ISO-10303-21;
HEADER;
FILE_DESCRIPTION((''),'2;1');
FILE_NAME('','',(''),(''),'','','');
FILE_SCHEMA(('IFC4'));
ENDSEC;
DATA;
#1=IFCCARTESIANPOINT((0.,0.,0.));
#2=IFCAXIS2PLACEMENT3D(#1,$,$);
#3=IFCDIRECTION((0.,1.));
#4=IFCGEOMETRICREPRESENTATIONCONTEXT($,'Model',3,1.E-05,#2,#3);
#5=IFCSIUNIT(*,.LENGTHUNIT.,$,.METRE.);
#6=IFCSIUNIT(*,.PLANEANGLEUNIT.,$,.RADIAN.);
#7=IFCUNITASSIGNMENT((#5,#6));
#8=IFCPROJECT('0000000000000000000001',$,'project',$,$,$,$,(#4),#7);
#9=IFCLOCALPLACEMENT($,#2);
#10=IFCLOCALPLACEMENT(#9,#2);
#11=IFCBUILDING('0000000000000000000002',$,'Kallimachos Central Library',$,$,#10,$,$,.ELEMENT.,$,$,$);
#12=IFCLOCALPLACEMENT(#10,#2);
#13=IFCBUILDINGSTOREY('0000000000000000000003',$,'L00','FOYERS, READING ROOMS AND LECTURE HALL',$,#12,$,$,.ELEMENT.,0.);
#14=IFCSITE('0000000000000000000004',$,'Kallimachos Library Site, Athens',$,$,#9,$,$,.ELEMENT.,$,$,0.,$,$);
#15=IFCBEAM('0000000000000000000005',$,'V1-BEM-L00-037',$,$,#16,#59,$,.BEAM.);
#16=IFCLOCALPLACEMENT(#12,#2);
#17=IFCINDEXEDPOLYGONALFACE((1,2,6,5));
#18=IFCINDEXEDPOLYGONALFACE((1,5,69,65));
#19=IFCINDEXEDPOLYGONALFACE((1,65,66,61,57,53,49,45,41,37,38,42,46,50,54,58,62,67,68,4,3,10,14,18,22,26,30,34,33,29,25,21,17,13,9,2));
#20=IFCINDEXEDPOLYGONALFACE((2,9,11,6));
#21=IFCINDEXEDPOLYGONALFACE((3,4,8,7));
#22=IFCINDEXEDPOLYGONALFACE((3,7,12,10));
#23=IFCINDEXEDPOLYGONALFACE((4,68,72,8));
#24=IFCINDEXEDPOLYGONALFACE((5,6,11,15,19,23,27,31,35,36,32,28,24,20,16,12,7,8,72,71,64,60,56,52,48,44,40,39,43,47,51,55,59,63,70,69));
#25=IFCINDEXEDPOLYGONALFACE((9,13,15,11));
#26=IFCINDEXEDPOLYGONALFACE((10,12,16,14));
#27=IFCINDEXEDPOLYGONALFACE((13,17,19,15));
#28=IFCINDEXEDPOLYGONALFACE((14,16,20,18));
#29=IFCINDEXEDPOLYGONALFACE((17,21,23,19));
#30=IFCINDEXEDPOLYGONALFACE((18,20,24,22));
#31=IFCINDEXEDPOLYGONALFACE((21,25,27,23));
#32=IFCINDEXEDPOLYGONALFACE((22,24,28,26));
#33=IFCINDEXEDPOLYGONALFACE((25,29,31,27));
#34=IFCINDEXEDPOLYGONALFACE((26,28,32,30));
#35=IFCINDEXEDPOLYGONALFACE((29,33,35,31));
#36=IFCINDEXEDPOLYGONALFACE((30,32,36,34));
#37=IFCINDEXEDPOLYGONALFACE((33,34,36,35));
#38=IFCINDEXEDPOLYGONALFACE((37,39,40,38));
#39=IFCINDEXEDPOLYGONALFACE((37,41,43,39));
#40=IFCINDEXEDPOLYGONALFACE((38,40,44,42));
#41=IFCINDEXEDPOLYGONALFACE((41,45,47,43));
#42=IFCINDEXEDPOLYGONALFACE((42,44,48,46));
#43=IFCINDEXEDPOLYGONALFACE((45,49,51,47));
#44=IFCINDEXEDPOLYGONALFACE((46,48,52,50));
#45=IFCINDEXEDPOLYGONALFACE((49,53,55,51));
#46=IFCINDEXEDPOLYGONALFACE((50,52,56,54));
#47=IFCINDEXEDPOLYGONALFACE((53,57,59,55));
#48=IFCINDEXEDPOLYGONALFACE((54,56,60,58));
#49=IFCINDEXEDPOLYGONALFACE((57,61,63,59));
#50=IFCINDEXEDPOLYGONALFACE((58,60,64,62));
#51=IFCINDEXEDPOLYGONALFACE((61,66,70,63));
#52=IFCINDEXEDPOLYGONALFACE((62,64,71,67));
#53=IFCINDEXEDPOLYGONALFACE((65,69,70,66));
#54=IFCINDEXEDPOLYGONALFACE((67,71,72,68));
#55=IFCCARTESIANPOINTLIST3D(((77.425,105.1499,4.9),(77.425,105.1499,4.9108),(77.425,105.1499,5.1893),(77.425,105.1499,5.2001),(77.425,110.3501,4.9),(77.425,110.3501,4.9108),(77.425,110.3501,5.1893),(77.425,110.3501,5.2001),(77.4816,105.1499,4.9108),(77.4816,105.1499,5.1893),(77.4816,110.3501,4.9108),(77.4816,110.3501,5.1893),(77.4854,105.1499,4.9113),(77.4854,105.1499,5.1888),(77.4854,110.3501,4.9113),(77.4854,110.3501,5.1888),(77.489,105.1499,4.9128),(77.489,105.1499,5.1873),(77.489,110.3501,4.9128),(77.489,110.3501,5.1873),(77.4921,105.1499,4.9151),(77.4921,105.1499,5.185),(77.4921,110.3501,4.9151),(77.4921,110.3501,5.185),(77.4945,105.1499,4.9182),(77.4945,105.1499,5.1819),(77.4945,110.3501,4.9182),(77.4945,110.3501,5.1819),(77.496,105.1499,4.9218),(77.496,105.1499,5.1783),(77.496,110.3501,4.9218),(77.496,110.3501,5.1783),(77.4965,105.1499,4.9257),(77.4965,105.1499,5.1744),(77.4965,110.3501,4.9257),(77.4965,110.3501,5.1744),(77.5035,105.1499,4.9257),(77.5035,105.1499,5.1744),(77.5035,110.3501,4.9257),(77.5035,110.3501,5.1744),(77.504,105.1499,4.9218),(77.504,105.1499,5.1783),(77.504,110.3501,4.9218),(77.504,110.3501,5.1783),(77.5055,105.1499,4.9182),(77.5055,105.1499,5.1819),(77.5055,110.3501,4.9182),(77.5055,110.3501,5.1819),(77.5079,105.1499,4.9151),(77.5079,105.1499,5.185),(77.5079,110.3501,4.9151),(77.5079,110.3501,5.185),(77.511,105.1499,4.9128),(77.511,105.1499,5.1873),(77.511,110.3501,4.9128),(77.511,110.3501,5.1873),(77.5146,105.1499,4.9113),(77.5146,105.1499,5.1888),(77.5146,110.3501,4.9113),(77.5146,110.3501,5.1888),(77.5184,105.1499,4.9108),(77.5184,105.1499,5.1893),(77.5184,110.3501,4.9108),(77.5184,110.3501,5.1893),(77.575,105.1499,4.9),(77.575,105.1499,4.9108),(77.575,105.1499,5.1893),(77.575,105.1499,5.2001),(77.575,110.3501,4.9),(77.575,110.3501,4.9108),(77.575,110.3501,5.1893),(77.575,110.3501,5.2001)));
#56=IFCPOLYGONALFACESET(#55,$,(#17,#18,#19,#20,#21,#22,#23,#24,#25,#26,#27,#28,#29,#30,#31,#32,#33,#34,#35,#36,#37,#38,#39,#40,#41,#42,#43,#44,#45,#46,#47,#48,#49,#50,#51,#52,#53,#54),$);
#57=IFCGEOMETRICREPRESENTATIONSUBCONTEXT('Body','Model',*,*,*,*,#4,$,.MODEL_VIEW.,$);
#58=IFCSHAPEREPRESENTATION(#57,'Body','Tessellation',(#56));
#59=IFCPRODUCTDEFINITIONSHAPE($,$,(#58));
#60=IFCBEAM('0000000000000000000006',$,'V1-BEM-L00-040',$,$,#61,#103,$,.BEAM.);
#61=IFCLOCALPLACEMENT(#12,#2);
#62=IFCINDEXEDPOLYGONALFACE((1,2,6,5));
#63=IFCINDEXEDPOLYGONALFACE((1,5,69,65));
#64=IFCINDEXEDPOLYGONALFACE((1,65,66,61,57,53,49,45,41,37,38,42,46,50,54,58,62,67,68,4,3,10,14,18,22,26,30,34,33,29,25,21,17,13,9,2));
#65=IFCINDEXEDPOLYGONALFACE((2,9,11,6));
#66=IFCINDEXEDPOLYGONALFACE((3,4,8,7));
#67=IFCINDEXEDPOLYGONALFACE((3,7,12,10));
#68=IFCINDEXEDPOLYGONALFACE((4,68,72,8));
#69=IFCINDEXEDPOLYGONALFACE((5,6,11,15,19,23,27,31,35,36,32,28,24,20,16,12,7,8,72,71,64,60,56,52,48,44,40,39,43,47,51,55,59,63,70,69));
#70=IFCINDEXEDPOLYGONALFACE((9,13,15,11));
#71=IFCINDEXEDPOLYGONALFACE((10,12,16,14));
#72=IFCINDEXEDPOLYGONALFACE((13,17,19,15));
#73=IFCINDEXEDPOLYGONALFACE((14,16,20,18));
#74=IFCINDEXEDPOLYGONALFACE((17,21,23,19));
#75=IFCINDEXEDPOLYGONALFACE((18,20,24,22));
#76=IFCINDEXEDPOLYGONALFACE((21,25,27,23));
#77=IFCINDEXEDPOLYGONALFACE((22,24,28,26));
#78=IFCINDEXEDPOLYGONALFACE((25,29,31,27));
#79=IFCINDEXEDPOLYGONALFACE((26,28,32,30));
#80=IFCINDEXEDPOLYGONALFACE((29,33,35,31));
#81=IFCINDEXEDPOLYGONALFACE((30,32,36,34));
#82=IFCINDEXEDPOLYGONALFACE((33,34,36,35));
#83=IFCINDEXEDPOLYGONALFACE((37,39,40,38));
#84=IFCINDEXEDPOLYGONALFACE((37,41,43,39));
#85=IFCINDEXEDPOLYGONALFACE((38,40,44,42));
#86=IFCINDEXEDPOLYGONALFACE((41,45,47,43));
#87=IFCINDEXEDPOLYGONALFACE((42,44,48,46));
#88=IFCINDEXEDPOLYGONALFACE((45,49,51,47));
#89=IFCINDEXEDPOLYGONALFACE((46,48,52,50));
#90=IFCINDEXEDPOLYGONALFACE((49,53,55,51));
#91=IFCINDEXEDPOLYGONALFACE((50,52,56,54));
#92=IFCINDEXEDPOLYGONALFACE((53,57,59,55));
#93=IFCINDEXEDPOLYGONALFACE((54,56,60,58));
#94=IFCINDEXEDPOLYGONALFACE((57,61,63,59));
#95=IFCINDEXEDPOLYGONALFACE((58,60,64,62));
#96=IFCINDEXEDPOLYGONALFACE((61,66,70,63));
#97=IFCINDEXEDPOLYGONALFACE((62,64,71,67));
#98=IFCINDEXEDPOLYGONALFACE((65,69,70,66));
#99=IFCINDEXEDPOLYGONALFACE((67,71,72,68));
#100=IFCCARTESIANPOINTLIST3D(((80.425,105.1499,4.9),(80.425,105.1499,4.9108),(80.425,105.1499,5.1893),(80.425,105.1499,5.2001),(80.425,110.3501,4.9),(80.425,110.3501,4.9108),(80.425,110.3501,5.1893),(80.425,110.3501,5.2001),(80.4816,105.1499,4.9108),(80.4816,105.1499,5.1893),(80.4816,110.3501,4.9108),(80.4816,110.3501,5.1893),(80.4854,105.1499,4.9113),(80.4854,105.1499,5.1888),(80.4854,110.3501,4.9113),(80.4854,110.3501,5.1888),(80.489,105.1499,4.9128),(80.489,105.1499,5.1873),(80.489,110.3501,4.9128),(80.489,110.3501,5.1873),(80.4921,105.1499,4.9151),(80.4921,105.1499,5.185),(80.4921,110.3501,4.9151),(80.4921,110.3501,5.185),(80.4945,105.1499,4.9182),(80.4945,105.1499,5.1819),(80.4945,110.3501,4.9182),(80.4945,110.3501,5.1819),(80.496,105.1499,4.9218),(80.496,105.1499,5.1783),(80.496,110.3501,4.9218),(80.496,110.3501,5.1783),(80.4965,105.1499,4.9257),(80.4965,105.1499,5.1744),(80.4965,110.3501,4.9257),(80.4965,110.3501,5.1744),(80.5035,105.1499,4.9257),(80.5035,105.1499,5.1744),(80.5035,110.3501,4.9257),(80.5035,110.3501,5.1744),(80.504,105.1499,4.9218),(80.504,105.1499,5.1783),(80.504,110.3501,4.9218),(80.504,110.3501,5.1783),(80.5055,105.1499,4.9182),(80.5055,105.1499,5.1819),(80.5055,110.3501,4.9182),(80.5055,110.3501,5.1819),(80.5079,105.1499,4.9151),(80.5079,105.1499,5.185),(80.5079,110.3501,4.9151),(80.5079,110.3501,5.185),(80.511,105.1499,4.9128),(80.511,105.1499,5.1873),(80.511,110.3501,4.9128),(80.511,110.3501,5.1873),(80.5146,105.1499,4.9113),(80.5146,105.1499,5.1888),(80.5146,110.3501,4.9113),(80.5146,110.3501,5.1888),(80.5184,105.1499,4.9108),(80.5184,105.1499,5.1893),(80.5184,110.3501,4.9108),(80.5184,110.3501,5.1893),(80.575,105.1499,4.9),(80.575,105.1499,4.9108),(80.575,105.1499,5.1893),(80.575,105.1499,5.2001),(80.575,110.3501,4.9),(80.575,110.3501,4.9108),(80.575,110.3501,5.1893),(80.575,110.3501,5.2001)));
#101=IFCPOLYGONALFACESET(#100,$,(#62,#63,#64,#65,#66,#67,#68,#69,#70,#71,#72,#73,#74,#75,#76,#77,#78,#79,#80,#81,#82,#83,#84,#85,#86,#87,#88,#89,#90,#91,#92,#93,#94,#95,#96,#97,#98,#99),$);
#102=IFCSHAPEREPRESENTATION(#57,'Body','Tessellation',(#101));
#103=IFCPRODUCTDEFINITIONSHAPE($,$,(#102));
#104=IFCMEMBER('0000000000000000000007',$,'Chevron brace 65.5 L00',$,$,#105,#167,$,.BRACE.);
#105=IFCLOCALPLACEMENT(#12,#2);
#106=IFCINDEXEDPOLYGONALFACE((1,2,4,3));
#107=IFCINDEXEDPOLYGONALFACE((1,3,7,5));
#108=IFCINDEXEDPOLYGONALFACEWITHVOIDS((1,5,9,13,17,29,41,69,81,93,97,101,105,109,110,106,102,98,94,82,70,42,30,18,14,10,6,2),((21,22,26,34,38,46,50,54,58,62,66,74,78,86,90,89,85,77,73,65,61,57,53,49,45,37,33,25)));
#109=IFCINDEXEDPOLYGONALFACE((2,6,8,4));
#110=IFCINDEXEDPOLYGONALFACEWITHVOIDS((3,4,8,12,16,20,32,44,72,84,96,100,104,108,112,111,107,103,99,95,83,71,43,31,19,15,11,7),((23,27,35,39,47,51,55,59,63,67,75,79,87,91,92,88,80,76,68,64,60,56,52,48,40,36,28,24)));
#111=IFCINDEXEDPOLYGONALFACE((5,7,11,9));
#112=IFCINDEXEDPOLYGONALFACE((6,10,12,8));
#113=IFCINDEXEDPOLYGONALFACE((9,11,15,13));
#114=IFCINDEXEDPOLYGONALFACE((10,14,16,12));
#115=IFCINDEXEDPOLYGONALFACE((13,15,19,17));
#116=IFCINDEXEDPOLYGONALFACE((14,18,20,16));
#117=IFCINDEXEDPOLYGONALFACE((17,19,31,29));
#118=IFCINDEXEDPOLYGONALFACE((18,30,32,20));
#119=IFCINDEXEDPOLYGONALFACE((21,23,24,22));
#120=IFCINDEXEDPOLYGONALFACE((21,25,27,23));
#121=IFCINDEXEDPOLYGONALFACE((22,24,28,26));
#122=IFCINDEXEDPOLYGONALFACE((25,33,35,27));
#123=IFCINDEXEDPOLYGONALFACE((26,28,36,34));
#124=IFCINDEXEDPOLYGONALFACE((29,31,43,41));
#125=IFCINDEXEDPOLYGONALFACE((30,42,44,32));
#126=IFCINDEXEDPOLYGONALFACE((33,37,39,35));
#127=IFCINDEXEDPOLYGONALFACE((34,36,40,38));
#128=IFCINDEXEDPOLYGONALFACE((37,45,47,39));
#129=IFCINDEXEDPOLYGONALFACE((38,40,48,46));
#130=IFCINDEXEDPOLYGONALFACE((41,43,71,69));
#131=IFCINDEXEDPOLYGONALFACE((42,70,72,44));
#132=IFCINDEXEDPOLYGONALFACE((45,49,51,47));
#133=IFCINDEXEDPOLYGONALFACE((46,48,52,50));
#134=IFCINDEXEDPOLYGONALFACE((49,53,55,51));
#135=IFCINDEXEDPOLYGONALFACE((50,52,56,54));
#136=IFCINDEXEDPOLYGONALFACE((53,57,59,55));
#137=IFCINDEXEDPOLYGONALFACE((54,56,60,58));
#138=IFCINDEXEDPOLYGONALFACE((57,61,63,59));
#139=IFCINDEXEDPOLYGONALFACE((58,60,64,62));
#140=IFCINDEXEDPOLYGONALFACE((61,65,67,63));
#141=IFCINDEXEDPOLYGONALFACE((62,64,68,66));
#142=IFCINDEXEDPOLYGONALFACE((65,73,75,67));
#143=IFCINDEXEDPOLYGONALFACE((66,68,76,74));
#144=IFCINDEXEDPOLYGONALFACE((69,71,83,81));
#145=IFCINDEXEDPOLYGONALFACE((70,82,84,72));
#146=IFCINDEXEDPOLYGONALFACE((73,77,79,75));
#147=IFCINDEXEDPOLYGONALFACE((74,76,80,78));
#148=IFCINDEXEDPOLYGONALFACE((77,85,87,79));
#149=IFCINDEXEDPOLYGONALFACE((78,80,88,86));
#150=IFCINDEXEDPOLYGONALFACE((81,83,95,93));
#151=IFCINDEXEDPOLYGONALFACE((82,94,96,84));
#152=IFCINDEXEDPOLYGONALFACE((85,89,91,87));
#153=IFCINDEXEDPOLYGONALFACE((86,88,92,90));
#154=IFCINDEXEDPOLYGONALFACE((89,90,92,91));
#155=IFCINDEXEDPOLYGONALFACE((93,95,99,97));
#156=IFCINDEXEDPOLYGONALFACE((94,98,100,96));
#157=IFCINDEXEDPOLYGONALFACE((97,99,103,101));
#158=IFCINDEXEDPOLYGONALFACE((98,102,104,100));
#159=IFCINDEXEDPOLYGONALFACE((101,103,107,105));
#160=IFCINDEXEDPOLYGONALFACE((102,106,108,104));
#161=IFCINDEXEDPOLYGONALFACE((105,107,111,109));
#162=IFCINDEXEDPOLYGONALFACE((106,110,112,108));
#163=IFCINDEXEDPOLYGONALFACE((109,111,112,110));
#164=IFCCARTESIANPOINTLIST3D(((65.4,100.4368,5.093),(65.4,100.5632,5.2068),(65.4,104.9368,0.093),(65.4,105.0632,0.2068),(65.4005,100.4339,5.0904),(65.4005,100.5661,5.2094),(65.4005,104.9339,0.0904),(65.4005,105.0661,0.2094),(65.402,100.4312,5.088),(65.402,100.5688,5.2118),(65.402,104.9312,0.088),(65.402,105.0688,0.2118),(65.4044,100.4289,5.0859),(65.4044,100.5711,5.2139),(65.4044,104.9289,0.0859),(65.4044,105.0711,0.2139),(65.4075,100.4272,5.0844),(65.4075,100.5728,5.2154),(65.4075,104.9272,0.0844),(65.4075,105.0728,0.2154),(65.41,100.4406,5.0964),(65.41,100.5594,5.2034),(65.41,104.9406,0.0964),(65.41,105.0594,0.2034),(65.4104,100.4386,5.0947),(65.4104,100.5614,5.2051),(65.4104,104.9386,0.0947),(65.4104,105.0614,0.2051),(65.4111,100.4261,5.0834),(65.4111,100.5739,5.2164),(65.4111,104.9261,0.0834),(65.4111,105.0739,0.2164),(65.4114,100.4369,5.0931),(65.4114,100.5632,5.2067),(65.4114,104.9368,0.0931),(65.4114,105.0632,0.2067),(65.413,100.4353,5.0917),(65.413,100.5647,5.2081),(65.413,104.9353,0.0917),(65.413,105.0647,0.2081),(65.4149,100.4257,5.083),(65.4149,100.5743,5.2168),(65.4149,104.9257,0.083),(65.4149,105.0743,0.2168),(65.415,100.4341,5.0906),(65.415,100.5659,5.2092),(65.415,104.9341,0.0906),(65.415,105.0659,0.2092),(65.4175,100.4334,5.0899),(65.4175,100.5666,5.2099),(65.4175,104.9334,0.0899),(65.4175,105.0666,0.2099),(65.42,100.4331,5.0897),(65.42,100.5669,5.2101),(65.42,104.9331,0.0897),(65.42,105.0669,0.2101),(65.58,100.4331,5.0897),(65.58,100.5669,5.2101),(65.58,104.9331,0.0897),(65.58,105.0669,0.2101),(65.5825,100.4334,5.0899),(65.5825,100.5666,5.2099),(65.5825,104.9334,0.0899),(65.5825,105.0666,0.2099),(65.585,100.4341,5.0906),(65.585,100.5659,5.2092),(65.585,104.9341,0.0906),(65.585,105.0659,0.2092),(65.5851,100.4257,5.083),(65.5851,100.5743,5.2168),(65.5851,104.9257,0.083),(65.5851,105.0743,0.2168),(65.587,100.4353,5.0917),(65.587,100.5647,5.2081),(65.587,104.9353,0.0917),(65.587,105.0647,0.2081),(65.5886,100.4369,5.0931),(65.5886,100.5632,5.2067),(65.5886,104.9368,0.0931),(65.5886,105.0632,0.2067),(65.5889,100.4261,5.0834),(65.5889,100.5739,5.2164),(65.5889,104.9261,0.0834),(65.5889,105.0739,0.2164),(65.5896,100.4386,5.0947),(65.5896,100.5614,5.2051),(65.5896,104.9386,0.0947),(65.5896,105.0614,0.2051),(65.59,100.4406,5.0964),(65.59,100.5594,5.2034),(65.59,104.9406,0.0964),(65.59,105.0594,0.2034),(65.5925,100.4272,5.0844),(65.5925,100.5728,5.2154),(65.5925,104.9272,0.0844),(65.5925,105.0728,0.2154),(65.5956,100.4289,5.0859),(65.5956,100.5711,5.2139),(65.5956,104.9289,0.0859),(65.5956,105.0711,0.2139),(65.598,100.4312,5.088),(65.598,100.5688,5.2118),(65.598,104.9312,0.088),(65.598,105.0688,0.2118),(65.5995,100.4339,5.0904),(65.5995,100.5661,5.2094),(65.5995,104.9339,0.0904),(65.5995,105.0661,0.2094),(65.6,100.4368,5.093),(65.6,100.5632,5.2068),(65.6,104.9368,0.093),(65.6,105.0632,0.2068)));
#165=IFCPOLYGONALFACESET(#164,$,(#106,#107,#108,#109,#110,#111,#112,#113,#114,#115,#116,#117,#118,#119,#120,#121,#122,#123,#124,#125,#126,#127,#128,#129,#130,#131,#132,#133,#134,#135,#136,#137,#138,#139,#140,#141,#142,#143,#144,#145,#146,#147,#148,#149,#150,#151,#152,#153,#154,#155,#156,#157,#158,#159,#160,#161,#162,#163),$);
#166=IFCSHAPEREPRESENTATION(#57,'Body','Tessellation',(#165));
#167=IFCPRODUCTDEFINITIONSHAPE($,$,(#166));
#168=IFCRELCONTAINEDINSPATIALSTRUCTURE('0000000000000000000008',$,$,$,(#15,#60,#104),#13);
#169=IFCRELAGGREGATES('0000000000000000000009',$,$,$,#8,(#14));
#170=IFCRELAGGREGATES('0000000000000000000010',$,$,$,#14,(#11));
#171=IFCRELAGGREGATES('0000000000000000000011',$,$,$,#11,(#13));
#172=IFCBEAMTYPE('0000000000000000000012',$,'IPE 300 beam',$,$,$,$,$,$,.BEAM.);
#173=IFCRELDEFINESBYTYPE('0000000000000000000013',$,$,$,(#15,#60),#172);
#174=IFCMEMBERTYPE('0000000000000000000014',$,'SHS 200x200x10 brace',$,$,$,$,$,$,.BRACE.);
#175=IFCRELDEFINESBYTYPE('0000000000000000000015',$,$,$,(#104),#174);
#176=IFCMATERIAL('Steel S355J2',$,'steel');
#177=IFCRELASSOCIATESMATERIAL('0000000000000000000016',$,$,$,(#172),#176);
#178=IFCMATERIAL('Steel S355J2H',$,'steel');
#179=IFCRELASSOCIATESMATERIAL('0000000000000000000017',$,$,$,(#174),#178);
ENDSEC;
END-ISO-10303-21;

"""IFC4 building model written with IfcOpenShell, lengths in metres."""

from ifc_helpers import new_model, si_unit, direction, frame, origin, origin_2d, place, context, subcontext, project, spatial, hollow_rectangle, i_section, extrude, material, material_profile, profile_set, type_object, element, save


model = new_model("IFC4")

# Units and contexts
model_context = context("Model", 3, precision=1e-05, world=origin(), true_north=direction((0.0, 1.0)))
body_context = subcontext(model_context, "Body", "Model", "MODEL_VIEW")
ifc_project = project(units=[si_unit("LENGTHUNIT", "METRE"), si_unit("PLANEANGLEUNIT", "RADIAN")], contexts=[model_context])

# Site, building, storey
site_placement = place(None, origin())
site = spatial("IfcSite", under=ifc_project, at=site_placement, Name="Kallimachos Library Site, Athens", CompositionType="ELEMENT", RefElevation=0.0)
building_placement = place(site_placement, origin())
building = spatial("IfcBuilding", under=site, at=building_placement, Name="Kallimachos Central Library", CompositionType="ELEMENT")
storey_placement = place(building_placement, origin())
storey = spatial("IfcBuildingStorey", under=building, at=storey_placement, Name="L00", Description="FOYERS, READING ROOMS AND LECTURE HALL", CompositionType="ELEMENT", Elevation=0.0)

# Beams
ifc_material_1 = material(Name="Steel S355J2", Category="steel")
ifc_material_profile_1 = material_profile(ifc_material_1, i_section(OverallWidth=0.1499, OverallDepth=0.3, WebThickness=0.0071, FlangeThickness=0.0107, FilletRadius=0.0149, at=origin_2d()), Name="IPE 300")
ifc_profile_set_1 = profile_set([ifc_material_profile_1], Name="Steel S355J2")
beam_type_1 = type_object("IfcBeamType", Name="IPE 300 beam", PredefinedType="BEAM", material=ifc_profile_set_1)
for number, where, z_axis, x_axis, name in (
    (1, (77.5, 105.1499, 5.05), (0.0, 1.0, 0.0), (-1.0, 0.0, 0.0), "V1-BEM-L00-037"),
    (2, (80.5, 105.1499, 5.05), (0.0, 1.0, 0.0), (-1.0, 0.0, 0.0), "V1-BEM-L00-040"),
):
    element("IfcBeam", number, at=place(storey_placement, frame(where, z_axis=z_axis, x_axis=x_axis)), inside=storey, type_object=beam_type_1, Name=name, PredefinedType="BEAM", context=body_context, shape_type="SweptSolid", body=[
        extrude(i_section(OverallWidth=0.1499, OverallDepth=0.3, WebThickness=0.0071, FlangeThickness=0.0107, FilletRadius=0.0149, at=origin_2d()), origin(), (0.0, 0.0, 1.0), 5.2002),
    ])

# Member
ifc_material_2 = material(Name="Steel S355J2H", Category="steel")
ifc_material_profile_2 = material_profile(ifc_material_2, hollow_rectangle(XDim=0.2, YDim=0.2, WallThickness=0.01, InnerFilletRadius=0.01, OuterFilletRadius=0.0149, at=origin_2d()), Name="SHS 200x200x10")
ifc_profile_set_2 = profile_set([ifc_material_profile_2], Name="Steel S355J2H")
member_type = type_object("IfcMemberType", Name="SHS 200x200x10 brace", PredefinedType="BRACE", material=ifc_profile_set_2)
member_placement = place(storey_placement, frame((65.5, 105.0, 0.1499), z_axis=(0.0, -0.668965, 0.743294), x_axis=(1.0, 0.0, 0.0)))
element("IfcMember", 3, at=member_placement, inside=storey, type_object=member_type, Name="Chevron brace 65.5 L00", PredefinedType="BRACE", context=body_context, shape_type="SweptSolid", body=[
    extrude(hollow_rectangle(XDim=0.2, YDim=0.2, WallThickness=0.01, InnerFilletRadius=0.01, OuterFilletRadius=0.0149, at=origin_2d()), origin(), (0.0, 0.0, 1.0), 6.7268),
])

save(model, "model.ifc")
